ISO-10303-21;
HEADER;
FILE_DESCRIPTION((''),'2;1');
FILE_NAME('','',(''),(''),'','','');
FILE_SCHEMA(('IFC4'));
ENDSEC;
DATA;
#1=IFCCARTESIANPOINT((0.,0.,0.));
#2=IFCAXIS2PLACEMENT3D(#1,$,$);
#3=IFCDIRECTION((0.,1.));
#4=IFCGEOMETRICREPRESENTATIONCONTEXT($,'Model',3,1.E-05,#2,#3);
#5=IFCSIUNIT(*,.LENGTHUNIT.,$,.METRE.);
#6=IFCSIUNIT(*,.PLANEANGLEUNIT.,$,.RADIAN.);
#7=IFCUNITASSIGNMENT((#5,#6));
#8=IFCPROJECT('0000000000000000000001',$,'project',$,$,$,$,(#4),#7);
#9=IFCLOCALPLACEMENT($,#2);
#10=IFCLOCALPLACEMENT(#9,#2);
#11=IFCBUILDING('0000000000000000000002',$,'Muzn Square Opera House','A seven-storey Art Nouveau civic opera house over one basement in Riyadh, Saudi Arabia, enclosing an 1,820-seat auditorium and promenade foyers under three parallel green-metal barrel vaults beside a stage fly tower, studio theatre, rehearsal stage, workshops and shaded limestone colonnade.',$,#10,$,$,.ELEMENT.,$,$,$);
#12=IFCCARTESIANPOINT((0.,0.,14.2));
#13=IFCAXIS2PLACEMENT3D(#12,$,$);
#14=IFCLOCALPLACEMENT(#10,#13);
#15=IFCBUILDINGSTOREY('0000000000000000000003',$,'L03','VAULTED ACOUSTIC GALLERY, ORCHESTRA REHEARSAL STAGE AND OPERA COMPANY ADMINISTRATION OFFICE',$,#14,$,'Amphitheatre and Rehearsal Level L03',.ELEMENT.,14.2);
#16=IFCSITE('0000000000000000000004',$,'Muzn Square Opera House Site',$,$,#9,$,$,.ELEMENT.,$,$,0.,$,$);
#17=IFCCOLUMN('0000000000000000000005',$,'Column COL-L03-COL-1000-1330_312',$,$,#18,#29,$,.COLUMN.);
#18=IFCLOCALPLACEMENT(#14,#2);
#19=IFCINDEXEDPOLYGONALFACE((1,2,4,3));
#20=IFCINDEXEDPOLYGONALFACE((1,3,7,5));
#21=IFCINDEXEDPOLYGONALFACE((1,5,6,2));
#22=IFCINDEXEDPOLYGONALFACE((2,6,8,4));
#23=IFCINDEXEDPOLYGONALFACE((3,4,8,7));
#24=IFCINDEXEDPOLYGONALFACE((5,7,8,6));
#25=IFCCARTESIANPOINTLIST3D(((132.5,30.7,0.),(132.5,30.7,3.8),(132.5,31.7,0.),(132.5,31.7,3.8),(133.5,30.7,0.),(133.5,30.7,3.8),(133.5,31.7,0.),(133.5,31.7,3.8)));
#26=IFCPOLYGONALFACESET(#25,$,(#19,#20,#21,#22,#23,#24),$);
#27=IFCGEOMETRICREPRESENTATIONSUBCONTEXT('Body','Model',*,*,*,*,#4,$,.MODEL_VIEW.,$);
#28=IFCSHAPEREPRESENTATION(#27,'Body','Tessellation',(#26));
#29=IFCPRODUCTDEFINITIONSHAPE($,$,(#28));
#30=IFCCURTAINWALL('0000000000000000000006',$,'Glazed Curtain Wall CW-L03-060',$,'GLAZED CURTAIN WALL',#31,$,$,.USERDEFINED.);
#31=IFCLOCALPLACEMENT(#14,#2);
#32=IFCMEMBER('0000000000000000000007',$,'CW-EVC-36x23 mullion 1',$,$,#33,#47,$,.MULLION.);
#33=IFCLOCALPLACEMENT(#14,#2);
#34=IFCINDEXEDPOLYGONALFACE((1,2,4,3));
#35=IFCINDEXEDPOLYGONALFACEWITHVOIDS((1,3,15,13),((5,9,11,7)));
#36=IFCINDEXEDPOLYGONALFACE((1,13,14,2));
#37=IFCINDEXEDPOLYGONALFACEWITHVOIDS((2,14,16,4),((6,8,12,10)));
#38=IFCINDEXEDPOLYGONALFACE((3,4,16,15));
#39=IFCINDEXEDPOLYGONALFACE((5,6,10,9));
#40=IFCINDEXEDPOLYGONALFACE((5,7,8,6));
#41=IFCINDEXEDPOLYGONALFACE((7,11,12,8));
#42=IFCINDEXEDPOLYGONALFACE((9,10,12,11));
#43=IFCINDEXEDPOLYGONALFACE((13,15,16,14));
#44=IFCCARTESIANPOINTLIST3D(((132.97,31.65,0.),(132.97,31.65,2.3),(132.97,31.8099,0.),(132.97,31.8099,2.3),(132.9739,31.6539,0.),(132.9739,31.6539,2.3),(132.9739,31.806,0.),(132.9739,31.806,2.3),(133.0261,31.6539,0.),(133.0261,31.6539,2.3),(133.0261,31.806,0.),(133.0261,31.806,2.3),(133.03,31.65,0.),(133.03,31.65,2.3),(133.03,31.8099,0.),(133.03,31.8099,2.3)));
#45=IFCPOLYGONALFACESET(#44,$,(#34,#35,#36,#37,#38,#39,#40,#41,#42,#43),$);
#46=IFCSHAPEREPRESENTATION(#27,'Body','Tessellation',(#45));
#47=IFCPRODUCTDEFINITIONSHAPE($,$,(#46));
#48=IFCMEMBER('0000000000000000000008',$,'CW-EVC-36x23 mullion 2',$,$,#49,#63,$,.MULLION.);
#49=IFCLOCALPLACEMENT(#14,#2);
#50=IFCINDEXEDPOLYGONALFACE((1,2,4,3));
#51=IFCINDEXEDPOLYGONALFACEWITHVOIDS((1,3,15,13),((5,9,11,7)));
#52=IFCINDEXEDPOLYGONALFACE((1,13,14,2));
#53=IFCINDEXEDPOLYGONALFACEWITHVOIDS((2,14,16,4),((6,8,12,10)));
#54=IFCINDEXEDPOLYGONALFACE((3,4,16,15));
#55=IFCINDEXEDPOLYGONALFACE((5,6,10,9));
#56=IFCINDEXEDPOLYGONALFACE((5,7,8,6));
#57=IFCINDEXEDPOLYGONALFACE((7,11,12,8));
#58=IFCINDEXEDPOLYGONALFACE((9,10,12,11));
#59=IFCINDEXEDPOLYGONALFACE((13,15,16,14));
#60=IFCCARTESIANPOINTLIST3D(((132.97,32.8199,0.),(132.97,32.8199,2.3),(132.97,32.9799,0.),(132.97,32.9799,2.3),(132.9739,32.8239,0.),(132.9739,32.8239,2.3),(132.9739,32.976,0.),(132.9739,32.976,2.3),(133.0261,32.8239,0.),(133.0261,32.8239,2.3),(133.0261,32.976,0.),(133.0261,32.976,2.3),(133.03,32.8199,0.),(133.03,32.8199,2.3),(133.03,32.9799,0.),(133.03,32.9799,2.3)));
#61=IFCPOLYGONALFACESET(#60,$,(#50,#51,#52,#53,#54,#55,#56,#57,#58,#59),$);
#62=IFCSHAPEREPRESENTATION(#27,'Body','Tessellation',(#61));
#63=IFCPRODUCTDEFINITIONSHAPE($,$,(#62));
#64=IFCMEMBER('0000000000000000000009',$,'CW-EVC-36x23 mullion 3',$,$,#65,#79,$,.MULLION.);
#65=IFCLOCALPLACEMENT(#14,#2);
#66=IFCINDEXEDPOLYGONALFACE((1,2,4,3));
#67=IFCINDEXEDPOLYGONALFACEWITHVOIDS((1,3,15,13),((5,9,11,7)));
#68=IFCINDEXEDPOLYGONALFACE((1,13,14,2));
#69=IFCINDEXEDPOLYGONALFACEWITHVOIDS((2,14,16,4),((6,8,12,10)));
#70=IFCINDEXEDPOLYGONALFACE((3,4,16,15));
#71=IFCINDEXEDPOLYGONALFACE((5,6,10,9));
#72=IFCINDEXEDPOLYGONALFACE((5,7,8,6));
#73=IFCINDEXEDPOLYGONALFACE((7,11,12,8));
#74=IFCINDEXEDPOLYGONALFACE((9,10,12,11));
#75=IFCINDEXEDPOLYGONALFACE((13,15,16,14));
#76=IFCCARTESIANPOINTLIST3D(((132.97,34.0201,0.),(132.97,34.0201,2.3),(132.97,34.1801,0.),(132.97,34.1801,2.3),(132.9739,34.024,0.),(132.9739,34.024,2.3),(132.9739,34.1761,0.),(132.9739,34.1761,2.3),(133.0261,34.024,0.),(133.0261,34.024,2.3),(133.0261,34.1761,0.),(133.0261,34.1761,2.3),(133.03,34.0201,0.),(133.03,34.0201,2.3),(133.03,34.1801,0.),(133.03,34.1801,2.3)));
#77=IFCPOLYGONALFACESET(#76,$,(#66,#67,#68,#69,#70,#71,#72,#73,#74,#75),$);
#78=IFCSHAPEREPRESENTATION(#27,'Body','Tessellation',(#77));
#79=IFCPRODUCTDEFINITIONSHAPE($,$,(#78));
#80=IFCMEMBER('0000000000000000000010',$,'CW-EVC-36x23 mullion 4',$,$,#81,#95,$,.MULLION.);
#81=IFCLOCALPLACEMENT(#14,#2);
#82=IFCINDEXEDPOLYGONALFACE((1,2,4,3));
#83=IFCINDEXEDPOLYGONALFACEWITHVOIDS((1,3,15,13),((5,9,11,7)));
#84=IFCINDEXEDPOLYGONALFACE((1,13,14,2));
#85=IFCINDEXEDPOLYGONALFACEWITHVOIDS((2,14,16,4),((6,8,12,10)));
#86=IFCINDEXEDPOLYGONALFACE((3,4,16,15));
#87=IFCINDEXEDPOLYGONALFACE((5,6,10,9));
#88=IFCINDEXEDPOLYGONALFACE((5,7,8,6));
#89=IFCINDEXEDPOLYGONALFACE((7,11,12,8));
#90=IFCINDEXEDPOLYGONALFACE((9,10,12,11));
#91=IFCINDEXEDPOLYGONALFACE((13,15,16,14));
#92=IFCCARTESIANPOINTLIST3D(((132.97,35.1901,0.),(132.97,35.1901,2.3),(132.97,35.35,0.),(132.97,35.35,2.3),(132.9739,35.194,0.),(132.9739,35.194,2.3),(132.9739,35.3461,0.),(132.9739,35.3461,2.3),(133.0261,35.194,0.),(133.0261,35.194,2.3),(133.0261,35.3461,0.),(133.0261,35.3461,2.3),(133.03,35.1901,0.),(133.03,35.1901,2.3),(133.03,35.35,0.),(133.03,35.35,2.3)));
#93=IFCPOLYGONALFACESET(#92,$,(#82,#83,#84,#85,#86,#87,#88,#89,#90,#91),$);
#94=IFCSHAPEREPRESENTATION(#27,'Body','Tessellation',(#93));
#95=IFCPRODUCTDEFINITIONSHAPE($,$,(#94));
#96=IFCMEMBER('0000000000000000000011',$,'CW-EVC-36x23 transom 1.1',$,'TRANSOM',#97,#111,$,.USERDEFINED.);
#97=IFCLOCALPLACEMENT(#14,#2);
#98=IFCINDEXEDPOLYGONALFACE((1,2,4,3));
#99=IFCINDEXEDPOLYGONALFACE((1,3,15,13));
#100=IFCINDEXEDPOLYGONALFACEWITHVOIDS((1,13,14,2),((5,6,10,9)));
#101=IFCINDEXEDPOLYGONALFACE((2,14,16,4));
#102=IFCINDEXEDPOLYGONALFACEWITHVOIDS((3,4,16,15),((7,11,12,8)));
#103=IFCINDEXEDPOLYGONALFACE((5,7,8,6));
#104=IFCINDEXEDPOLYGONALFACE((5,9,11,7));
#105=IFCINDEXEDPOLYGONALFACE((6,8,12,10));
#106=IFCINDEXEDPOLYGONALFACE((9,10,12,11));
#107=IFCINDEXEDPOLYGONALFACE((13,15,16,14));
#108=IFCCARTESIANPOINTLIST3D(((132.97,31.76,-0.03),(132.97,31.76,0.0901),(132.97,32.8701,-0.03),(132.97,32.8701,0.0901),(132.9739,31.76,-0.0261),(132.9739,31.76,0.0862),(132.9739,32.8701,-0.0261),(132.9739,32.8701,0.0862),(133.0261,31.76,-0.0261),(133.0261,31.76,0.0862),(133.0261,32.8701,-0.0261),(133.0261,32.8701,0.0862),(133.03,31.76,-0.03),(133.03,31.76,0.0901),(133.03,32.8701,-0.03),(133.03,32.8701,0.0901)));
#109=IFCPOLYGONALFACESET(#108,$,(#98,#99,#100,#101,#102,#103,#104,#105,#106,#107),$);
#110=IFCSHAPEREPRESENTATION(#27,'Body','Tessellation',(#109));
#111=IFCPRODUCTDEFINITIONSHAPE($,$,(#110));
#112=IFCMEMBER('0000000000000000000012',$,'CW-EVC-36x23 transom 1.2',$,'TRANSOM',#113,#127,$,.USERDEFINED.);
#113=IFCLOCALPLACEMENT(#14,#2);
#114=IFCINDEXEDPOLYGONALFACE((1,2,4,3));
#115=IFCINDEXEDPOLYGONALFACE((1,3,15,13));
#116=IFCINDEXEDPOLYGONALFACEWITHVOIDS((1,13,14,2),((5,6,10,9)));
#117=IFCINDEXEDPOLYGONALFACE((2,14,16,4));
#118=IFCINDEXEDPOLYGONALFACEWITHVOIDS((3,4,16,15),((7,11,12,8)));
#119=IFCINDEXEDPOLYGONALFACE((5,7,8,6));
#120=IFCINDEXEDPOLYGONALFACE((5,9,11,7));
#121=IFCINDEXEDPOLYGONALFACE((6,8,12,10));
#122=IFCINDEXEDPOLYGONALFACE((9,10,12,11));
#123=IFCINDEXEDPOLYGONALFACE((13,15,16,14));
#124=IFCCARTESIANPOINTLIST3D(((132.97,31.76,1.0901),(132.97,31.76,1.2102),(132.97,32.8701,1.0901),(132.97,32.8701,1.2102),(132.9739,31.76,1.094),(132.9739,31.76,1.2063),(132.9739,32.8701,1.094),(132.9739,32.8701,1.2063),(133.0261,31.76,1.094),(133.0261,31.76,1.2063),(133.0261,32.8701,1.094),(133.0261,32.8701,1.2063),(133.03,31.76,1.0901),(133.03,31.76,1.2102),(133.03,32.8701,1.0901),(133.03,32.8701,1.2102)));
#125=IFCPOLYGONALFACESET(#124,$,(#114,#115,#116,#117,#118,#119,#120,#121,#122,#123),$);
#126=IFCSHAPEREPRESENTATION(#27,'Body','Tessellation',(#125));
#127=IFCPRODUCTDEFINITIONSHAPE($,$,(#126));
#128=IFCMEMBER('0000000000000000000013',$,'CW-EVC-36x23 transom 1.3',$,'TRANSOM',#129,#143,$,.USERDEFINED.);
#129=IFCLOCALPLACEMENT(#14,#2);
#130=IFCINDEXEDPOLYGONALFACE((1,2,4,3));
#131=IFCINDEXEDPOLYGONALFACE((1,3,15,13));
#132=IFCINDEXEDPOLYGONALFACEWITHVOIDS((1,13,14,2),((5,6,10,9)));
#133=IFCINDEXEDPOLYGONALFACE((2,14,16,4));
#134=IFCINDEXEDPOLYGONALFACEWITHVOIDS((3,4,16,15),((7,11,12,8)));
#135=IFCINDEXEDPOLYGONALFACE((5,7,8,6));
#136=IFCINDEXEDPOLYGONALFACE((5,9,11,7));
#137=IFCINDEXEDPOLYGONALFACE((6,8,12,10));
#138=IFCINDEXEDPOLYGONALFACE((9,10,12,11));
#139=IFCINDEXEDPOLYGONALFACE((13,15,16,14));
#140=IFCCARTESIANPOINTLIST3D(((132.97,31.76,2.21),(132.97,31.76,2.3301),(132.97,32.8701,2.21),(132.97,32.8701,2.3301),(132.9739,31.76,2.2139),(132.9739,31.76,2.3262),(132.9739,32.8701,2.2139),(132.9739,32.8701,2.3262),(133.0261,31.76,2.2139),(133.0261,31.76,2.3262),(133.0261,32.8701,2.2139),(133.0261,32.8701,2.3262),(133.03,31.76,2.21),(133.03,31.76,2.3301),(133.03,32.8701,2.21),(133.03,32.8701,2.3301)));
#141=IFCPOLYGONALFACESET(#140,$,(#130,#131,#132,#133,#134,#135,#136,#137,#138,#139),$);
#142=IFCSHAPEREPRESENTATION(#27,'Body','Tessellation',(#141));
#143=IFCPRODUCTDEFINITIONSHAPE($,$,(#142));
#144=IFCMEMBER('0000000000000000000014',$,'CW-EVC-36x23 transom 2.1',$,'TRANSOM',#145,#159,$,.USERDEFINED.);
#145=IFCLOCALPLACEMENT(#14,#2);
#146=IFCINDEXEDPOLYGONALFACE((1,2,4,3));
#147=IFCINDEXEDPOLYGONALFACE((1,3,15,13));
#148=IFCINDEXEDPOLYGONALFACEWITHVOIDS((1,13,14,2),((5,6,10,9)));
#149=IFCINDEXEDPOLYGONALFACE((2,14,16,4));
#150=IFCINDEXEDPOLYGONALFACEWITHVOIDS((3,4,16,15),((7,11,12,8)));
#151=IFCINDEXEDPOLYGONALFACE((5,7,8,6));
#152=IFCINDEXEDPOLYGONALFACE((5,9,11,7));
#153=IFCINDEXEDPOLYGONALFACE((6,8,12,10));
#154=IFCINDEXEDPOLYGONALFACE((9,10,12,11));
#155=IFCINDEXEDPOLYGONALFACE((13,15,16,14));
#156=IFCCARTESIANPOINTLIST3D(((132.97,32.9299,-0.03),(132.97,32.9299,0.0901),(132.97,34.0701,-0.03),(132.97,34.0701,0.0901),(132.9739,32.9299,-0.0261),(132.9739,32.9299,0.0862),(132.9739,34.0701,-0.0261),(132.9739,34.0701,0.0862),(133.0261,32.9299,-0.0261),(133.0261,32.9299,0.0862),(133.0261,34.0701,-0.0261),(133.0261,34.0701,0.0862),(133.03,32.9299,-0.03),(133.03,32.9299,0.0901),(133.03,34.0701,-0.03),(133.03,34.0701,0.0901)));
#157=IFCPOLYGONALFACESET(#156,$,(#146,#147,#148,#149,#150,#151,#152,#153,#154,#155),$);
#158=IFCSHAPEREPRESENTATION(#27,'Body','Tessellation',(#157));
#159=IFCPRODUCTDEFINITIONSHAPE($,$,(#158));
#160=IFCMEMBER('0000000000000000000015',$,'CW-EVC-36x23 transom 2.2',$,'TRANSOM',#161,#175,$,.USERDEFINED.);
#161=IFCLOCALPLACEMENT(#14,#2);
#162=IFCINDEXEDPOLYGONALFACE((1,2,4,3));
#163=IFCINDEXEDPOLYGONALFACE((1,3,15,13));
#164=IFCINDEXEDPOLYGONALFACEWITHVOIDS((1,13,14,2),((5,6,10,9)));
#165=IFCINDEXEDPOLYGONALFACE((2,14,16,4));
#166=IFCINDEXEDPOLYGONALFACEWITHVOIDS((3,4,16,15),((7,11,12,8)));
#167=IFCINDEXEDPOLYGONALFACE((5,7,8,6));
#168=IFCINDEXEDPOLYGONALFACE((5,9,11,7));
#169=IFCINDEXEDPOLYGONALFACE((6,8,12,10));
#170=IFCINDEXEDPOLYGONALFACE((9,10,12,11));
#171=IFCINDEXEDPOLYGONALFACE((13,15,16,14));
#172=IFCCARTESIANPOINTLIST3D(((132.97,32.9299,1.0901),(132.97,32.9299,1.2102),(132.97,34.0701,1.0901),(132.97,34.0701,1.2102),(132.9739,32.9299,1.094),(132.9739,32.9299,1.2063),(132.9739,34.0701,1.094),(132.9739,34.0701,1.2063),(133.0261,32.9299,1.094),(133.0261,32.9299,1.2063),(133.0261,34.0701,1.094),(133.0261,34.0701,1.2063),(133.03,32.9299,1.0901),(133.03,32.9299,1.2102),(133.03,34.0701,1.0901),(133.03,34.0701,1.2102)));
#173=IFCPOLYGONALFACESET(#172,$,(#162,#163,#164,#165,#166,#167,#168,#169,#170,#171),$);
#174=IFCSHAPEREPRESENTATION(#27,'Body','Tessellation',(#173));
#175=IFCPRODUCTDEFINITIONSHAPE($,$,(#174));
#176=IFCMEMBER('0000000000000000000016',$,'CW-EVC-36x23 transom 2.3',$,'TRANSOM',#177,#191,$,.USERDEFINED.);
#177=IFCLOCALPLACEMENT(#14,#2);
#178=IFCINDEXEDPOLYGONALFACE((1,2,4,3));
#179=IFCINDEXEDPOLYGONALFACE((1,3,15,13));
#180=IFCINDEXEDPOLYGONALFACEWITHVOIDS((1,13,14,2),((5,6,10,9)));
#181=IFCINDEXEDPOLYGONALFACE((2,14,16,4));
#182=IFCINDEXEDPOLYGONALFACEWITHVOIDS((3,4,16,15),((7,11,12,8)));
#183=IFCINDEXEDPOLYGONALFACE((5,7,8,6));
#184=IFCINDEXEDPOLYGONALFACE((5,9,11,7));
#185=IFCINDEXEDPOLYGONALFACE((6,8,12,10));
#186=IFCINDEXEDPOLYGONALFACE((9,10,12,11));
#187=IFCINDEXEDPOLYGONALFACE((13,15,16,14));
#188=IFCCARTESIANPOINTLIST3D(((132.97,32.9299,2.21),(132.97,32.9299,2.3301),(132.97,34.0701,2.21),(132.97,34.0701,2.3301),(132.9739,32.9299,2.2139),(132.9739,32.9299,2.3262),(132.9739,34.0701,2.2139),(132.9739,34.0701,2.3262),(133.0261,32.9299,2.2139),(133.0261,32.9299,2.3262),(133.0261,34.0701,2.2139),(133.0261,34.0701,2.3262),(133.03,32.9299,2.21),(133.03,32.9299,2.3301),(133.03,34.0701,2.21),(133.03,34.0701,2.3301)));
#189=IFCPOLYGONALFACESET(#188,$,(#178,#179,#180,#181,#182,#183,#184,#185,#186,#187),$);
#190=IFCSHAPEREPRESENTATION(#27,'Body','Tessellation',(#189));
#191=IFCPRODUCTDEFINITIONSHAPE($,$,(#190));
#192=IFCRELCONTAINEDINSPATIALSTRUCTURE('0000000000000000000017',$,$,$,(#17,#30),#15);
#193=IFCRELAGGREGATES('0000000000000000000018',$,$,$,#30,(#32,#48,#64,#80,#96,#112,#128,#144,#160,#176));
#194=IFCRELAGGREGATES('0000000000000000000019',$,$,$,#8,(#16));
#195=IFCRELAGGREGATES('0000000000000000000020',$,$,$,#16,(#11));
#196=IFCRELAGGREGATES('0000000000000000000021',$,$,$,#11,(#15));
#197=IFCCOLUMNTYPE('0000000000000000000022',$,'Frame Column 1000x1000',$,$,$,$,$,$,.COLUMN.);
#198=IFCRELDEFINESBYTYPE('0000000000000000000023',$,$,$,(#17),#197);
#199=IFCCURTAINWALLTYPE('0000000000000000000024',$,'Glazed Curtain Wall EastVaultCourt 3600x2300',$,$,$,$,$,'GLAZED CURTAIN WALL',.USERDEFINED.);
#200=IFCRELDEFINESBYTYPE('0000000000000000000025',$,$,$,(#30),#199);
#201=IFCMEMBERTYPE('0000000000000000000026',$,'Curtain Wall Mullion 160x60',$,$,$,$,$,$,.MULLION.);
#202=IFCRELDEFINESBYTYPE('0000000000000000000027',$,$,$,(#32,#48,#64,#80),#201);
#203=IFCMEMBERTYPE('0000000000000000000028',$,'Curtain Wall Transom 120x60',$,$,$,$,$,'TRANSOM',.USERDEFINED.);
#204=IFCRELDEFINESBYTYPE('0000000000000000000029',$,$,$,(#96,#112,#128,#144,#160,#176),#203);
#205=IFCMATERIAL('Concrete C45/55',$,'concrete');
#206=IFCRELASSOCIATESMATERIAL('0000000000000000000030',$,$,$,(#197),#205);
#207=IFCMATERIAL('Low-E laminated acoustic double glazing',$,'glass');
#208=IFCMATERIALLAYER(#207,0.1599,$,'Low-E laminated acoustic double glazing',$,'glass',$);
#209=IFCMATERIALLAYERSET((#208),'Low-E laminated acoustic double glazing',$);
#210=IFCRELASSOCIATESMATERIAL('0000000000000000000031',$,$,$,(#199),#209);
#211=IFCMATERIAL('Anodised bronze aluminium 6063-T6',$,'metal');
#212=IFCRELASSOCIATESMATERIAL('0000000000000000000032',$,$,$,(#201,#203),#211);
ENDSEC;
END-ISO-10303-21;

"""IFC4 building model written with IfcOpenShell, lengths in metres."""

from ifc_helpers import new_model, si_unit, direction, frame, origin, origin_2d, place, context, subcontext, project, spatial, rectangle, hollow_rectangle, extrude, material, layer, layer_set, material_profile, profile_set, type_object, element, aggregate, save


model = new_model("IFC4")

# Units and contexts
model_context = context("Model", 3, precision=1e-05, world=origin(), true_north=direction((0.0, 1.0)))
body_context = subcontext(model_context, "Body", "Model", "MODEL_VIEW")
ifc_project = project(units=[si_unit("LENGTHUNIT", "METRE"), si_unit("PLANEANGLEUNIT", "RADIAN")], contexts=[model_context])

# Site, building, storey
site_placement = place(None, origin())
site = spatial("IfcSite", under=ifc_project, at=site_placement, Name="Muzn Square Opera House Site", CompositionType="ELEMENT", RefElevation=0.0)
building_placement = place(site_placement, origin())
building = spatial("IfcBuilding", under=site, at=building_placement, Name="Muzn Square Opera House", Description="A seven-storey Art Nouveau civic opera house over one basement in Riyadh, Saudi Arabia, enclosing an 1,820-seat auditorium and promenade foyers under three parallel green-metal barrel vaults beside a stage fly tower, studio theatre, rehearsal stage, workshops and shaded limestone colonnade.", CompositionType="ELEMENT")
storey_placement = place(building_placement, frame((0.0, 0.0, 14.2)))
storey = spatial("IfcBuildingStorey", under=building, at=storey_placement, Name="L03", Description="VAULTED ACOUSTIC GALLERY, ORCHESTRA REHEARSAL STAGE AND OPERA COMPANY ADMINISTRATION OFFICE", LongName="Amphitheatre and Rehearsal Level L03", CompositionType="ELEMENT", Elevation=14.2)

# Column
ifc_material_1 = material(Name="Concrete C45/55", Category="concrete")
ifc_material_profile_1 = material_profile(ifc_material_1, rectangle(XDim=1.0, YDim=1.0, at=origin_2d()), Name="RC 1000x1000", Category="concrete")
ifc_profile_set_1 = profile_set([ifc_material_profile_1], Name="Concrete C45/55")
column_type = type_object("IfcColumnType", Name="Frame Column 1000x1000", PredefinedType="COLUMN", material=ifc_profile_set_1)
column_placement = place(storey_placement, frame((133.0, 31.2, 0.0), z_axis=(0.0, 0.0, 1.0), x_axis=(1.0, 0.0, 0.0)))
element("IfcColumn", 1, at=column_placement, inside=storey, type_object=column_type, Name="Column COL-L03-COL-1000-1330_312", PredefinedType="COLUMN", context=body_context, shape_type="SweptSolid", body=[
    extrude(rectangle(XDim=1.0, YDim=1.0, at=origin_2d()), origin(), (0.0, 0.0, 1.0), 3.8),
])

# Curtain wall, members
ifc_material_2 = material(Name="Low-E laminated acoustic double glazing", Category="glass")
ifc_layer_1 = layer(ifc_material_2, 0.1599, Name="Low-E laminated acoustic double glazing", Category="glass")
ifc_layer_set_1 = layer_set([ifc_layer_1], Name="Low-E laminated acoustic double glazing")
curtain_wall_type = type_object("IfcCurtainWallType", Name="Glazed Curtain Wall EastVaultCourt 3600x2300", ElementType="GLAZED CURTAIN WALL", PredefinedType="USERDEFINED", material=ifc_layer_set_1)
curtain_wall_placement = place(storey_placement, origin())
curtain_wall = element("IfcCurtainWall", 2, at=curtain_wall_placement, inside=storey, type_object=curtain_wall_type, Name="Glazed Curtain Wall CW-L03-060", ObjectType="GLAZED CURTAIN WALL", PredefinedType="USERDEFINED")
ifc_material_3 = material(Name="Anodised bronze aluminium 6063-T6", Category="metal")
ifc_material_profile_2 = material_profile(ifc_material_3, hollow_rectangle(XDim=0.0601, YDim=0.1599, WallThickness=0.0039, at=origin_2d()), Name="ALU 160x60x4", Category="metal")
ifc_profile_set_2 = profile_set([ifc_material_profile_2], Name="Anodised bronze aluminium 6063-T6")
member_type_1 = type_object("IfcMemberType", Name="Curtain Wall Mullion 160x60", PredefinedType="MULLION", material=ifc_profile_set_2)
member_1_placement = place(storey_placement, frame((133.0, 31.73, 0.0), z_axis=(0.0, 0.0, 1.0), x_axis=(-1.0, 0.0, 0.0)))
member_1 = element("IfcMember", 3, at=member_1_placement, type_object=member_type_1, Name="CW-EVC-36x23 mullion 1", PredefinedType="MULLION", context=body_context, shape_type="SweptSolid", body=[
    extrude(hollow_rectangle(XDim=0.0601, YDim=0.1599, WallThickness=0.0039, at=origin_2d()), origin(), (0.0, 0.0, 1.0), 2.3),
])
member_2_placement = place(storey_placement, frame((133.0, 32.8999, 0.0), z_axis=(0.0, 0.0, 1.0), x_axis=(-1.0, 0.0, 0.0)))
member_2 = element("IfcMember", 4, at=member_2_placement, type_object=member_type_1, Name="CW-EVC-36x23 mullion 2", PredefinedType="MULLION", context=body_context, shape_type="SweptSolid", body=[
    extrude(hollow_rectangle(XDim=0.0601, YDim=0.1599, WallThickness=0.0039, at=origin_2d()), origin(), (0.0, 0.0, 1.0), 2.3),
])
member_3_placement = place(storey_placement, frame((133.0, 34.1001, 0.0), z_axis=(0.0, 0.0, 1.0), x_axis=(-1.0, 0.0, 0.0)))
member_3 = element("IfcMember", 5, at=member_3_placement, type_object=member_type_1, Name="CW-EVC-36x23 mullion 3", PredefinedType="MULLION", context=body_context, shape_type="SweptSolid", body=[
    extrude(hollow_rectangle(XDim=0.0601, YDim=0.1599, WallThickness=0.0039, at=origin_2d()), origin(), (0.0, 0.0, 1.0), 2.3),
])
member_4_placement = place(storey_placement, frame((133.0, 35.27, 0.0), z_axis=(0.0, 0.0, 1.0), x_axis=(-1.0, 0.0, 0.0)))
member_4 = element("IfcMember", 6, at=member_4_placement, type_object=member_type_1, Name="CW-EVC-36x23 mullion 4", PredefinedType="MULLION", context=body_context, shape_type="SweptSolid", body=[
    extrude(hollow_rectangle(XDim=0.0601, YDim=0.1599, WallThickness=0.0039, at=origin_2d()), origin(), (0.0, 0.0, 1.0), 2.3),
])
ifc_material_profile_3 = material_profile(ifc_material_3, hollow_rectangle(XDim=0.0601, YDim=0.1201, WallThickness=0.0039, at=origin_2d()), Name="ALU 120x60x4", Category="metal")
ifc_profile_set_3 = profile_set([ifc_material_profile_3], Name="Anodised bronze aluminium 6063-T6")
member_type_2 = type_object("IfcMemberType", Name="Curtain Wall Transom 120x60", ElementType="TRANSOM", PredefinedType="USERDEFINED", material=ifc_profile_set_3)
member_5_placement = place(storey_placement, frame((133.0, 31.76, 0.03), z_axis=(0.0, 1.0, 0.0), x_axis=(-1.0, 0.0, 0.0)))
member_5 = element("IfcMember", 7, at=member_5_placement, type_object=member_type_2, Name="CW-EVC-36x23 transom 1.1", ObjectType="TRANSOM", PredefinedType="USERDEFINED", context=body_context, shape_type="SweptSolid", body=[
    extrude(hollow_rectangle(XDim=0.0601, YDim=0.1201, WallThickness=0.0039, at=origin_2d()), origin(), (0.0, 0.0, 1.0), 1.1101),
])
member_6_placement = place(storey_placement, frame((133.0, 31.76, 1.1501), z_axis=(0.0, 1.0, 0.0), x_axis=(-1.0, 0.0, 0.0)))
member_6 = element("IfcMember", 8, at=member_6_placement, type_object=member_type_2, Name="CW-EVC-36x23 transom 1.2", ObjectType="TRANSOM", PredefinedType="USERDEFINED", context=body_context, shape_type="SweptSolid", body=[
    extrude(hollow_rectangle(XDim=0.0601, YDim=0.1201, WallThickness=0.0039, at=origin_2d()), origin(), (0.0, 0.0, 1.0), 1.1101),
])
member_7_placement = place(storey_placement, frame((133.0, 31.76, 2.27), z_axis=(0.0, 1.0, 0.0), x_axis=(-1.0, 0.0, 0.0)))
member_7 = element("IfcMember", 9, at=member_7_placement, type_object=member_type_2, Name="CW-EVC-36x23 transom 1.3", ObjectType="TRANSOM", PredefinedType="USERDEFINED", context=body_context, shape_type="SweptSolid", body=[
    extrude(hollow_rectangle(XDim=0.0601, YDim=0.1201, WallThickness=0.0039, at=origin_2d()), origin(), (0.0, 0.0, 1.0), 1.1101),
])
member_8_placement = place(storey_placement, frame((133.0, 32.9299, 0.03), z_axis=(0.0, 1.0, 0.0), x_axis=(-1.0, 0.0, 0.0)))
member_8 = element("IfcMember", 10, at=member_8_placement, type_object=member_type_2, Name="CW-EVC-36x23 transom 2.1", ObjectType="TRANSOM", PredefinedType="USERDEFINED", context=body_context, shape_type="SweptSolid", body=[
    extrude(hollow_rectangle(XDim=0.0601, YDim=0.1201, WallThickness=0.0039, at=origin_2d()), origin(), (0.0, 0.0, 1.0), 1.1401),
])
member_9_placement = place(storey_placement, frame((133.0, 32.9299, 1.1501), z_axis=(0.0, 1.0, 0.0), x_axis=(-1.0, 0.0, 0.0)))
member_9 = element("IfcMember", 11, at=member_9_placement, type_object=member_type_2, Name="CW-EVC-36x23 transom 2.2", ObjectType="TRANSOM", PredefinedType="USERDEFINED", context=body_context, shape_type="SweptSolid", body=[
    extrude(hollow_rectangle(XDim=0.0601, YDim=0.1201, WallThickness=0.0039, at=origin_2d()), origin(), (0.0, 0.0, 1.0), 1.1401),
])
member_10_placement = place(storey_placement, frame((133.0, 32.9299, 2.27), z_axis=(0.0, 1.0, 0.0), x_axis=(-1.0, 0.0, 0.0)))
member_10 = element("IfcMember", 12, at=member_10_placement, type_object=member_type_2, Name="CW-EVC-36x23 transom 2.3", ObjectType="TRANSOM", PredefinedType="USERDEFINED", context=body_context, shape_type="SweptSolid", body=[
    extrude(hollow_rectangle(XDim=0.0601, YDim=0.1201, WallThickness=0.0039, at=origin_2d()), origin(), (0.0, 0.0, 1.0), 1.1401),
])

aggregate(curtain_wall, [member_1, member_2, member_3, member_4, member_5, member_6, member_7, member_8, member_9, member_10])

save(model, "model.ifc")
